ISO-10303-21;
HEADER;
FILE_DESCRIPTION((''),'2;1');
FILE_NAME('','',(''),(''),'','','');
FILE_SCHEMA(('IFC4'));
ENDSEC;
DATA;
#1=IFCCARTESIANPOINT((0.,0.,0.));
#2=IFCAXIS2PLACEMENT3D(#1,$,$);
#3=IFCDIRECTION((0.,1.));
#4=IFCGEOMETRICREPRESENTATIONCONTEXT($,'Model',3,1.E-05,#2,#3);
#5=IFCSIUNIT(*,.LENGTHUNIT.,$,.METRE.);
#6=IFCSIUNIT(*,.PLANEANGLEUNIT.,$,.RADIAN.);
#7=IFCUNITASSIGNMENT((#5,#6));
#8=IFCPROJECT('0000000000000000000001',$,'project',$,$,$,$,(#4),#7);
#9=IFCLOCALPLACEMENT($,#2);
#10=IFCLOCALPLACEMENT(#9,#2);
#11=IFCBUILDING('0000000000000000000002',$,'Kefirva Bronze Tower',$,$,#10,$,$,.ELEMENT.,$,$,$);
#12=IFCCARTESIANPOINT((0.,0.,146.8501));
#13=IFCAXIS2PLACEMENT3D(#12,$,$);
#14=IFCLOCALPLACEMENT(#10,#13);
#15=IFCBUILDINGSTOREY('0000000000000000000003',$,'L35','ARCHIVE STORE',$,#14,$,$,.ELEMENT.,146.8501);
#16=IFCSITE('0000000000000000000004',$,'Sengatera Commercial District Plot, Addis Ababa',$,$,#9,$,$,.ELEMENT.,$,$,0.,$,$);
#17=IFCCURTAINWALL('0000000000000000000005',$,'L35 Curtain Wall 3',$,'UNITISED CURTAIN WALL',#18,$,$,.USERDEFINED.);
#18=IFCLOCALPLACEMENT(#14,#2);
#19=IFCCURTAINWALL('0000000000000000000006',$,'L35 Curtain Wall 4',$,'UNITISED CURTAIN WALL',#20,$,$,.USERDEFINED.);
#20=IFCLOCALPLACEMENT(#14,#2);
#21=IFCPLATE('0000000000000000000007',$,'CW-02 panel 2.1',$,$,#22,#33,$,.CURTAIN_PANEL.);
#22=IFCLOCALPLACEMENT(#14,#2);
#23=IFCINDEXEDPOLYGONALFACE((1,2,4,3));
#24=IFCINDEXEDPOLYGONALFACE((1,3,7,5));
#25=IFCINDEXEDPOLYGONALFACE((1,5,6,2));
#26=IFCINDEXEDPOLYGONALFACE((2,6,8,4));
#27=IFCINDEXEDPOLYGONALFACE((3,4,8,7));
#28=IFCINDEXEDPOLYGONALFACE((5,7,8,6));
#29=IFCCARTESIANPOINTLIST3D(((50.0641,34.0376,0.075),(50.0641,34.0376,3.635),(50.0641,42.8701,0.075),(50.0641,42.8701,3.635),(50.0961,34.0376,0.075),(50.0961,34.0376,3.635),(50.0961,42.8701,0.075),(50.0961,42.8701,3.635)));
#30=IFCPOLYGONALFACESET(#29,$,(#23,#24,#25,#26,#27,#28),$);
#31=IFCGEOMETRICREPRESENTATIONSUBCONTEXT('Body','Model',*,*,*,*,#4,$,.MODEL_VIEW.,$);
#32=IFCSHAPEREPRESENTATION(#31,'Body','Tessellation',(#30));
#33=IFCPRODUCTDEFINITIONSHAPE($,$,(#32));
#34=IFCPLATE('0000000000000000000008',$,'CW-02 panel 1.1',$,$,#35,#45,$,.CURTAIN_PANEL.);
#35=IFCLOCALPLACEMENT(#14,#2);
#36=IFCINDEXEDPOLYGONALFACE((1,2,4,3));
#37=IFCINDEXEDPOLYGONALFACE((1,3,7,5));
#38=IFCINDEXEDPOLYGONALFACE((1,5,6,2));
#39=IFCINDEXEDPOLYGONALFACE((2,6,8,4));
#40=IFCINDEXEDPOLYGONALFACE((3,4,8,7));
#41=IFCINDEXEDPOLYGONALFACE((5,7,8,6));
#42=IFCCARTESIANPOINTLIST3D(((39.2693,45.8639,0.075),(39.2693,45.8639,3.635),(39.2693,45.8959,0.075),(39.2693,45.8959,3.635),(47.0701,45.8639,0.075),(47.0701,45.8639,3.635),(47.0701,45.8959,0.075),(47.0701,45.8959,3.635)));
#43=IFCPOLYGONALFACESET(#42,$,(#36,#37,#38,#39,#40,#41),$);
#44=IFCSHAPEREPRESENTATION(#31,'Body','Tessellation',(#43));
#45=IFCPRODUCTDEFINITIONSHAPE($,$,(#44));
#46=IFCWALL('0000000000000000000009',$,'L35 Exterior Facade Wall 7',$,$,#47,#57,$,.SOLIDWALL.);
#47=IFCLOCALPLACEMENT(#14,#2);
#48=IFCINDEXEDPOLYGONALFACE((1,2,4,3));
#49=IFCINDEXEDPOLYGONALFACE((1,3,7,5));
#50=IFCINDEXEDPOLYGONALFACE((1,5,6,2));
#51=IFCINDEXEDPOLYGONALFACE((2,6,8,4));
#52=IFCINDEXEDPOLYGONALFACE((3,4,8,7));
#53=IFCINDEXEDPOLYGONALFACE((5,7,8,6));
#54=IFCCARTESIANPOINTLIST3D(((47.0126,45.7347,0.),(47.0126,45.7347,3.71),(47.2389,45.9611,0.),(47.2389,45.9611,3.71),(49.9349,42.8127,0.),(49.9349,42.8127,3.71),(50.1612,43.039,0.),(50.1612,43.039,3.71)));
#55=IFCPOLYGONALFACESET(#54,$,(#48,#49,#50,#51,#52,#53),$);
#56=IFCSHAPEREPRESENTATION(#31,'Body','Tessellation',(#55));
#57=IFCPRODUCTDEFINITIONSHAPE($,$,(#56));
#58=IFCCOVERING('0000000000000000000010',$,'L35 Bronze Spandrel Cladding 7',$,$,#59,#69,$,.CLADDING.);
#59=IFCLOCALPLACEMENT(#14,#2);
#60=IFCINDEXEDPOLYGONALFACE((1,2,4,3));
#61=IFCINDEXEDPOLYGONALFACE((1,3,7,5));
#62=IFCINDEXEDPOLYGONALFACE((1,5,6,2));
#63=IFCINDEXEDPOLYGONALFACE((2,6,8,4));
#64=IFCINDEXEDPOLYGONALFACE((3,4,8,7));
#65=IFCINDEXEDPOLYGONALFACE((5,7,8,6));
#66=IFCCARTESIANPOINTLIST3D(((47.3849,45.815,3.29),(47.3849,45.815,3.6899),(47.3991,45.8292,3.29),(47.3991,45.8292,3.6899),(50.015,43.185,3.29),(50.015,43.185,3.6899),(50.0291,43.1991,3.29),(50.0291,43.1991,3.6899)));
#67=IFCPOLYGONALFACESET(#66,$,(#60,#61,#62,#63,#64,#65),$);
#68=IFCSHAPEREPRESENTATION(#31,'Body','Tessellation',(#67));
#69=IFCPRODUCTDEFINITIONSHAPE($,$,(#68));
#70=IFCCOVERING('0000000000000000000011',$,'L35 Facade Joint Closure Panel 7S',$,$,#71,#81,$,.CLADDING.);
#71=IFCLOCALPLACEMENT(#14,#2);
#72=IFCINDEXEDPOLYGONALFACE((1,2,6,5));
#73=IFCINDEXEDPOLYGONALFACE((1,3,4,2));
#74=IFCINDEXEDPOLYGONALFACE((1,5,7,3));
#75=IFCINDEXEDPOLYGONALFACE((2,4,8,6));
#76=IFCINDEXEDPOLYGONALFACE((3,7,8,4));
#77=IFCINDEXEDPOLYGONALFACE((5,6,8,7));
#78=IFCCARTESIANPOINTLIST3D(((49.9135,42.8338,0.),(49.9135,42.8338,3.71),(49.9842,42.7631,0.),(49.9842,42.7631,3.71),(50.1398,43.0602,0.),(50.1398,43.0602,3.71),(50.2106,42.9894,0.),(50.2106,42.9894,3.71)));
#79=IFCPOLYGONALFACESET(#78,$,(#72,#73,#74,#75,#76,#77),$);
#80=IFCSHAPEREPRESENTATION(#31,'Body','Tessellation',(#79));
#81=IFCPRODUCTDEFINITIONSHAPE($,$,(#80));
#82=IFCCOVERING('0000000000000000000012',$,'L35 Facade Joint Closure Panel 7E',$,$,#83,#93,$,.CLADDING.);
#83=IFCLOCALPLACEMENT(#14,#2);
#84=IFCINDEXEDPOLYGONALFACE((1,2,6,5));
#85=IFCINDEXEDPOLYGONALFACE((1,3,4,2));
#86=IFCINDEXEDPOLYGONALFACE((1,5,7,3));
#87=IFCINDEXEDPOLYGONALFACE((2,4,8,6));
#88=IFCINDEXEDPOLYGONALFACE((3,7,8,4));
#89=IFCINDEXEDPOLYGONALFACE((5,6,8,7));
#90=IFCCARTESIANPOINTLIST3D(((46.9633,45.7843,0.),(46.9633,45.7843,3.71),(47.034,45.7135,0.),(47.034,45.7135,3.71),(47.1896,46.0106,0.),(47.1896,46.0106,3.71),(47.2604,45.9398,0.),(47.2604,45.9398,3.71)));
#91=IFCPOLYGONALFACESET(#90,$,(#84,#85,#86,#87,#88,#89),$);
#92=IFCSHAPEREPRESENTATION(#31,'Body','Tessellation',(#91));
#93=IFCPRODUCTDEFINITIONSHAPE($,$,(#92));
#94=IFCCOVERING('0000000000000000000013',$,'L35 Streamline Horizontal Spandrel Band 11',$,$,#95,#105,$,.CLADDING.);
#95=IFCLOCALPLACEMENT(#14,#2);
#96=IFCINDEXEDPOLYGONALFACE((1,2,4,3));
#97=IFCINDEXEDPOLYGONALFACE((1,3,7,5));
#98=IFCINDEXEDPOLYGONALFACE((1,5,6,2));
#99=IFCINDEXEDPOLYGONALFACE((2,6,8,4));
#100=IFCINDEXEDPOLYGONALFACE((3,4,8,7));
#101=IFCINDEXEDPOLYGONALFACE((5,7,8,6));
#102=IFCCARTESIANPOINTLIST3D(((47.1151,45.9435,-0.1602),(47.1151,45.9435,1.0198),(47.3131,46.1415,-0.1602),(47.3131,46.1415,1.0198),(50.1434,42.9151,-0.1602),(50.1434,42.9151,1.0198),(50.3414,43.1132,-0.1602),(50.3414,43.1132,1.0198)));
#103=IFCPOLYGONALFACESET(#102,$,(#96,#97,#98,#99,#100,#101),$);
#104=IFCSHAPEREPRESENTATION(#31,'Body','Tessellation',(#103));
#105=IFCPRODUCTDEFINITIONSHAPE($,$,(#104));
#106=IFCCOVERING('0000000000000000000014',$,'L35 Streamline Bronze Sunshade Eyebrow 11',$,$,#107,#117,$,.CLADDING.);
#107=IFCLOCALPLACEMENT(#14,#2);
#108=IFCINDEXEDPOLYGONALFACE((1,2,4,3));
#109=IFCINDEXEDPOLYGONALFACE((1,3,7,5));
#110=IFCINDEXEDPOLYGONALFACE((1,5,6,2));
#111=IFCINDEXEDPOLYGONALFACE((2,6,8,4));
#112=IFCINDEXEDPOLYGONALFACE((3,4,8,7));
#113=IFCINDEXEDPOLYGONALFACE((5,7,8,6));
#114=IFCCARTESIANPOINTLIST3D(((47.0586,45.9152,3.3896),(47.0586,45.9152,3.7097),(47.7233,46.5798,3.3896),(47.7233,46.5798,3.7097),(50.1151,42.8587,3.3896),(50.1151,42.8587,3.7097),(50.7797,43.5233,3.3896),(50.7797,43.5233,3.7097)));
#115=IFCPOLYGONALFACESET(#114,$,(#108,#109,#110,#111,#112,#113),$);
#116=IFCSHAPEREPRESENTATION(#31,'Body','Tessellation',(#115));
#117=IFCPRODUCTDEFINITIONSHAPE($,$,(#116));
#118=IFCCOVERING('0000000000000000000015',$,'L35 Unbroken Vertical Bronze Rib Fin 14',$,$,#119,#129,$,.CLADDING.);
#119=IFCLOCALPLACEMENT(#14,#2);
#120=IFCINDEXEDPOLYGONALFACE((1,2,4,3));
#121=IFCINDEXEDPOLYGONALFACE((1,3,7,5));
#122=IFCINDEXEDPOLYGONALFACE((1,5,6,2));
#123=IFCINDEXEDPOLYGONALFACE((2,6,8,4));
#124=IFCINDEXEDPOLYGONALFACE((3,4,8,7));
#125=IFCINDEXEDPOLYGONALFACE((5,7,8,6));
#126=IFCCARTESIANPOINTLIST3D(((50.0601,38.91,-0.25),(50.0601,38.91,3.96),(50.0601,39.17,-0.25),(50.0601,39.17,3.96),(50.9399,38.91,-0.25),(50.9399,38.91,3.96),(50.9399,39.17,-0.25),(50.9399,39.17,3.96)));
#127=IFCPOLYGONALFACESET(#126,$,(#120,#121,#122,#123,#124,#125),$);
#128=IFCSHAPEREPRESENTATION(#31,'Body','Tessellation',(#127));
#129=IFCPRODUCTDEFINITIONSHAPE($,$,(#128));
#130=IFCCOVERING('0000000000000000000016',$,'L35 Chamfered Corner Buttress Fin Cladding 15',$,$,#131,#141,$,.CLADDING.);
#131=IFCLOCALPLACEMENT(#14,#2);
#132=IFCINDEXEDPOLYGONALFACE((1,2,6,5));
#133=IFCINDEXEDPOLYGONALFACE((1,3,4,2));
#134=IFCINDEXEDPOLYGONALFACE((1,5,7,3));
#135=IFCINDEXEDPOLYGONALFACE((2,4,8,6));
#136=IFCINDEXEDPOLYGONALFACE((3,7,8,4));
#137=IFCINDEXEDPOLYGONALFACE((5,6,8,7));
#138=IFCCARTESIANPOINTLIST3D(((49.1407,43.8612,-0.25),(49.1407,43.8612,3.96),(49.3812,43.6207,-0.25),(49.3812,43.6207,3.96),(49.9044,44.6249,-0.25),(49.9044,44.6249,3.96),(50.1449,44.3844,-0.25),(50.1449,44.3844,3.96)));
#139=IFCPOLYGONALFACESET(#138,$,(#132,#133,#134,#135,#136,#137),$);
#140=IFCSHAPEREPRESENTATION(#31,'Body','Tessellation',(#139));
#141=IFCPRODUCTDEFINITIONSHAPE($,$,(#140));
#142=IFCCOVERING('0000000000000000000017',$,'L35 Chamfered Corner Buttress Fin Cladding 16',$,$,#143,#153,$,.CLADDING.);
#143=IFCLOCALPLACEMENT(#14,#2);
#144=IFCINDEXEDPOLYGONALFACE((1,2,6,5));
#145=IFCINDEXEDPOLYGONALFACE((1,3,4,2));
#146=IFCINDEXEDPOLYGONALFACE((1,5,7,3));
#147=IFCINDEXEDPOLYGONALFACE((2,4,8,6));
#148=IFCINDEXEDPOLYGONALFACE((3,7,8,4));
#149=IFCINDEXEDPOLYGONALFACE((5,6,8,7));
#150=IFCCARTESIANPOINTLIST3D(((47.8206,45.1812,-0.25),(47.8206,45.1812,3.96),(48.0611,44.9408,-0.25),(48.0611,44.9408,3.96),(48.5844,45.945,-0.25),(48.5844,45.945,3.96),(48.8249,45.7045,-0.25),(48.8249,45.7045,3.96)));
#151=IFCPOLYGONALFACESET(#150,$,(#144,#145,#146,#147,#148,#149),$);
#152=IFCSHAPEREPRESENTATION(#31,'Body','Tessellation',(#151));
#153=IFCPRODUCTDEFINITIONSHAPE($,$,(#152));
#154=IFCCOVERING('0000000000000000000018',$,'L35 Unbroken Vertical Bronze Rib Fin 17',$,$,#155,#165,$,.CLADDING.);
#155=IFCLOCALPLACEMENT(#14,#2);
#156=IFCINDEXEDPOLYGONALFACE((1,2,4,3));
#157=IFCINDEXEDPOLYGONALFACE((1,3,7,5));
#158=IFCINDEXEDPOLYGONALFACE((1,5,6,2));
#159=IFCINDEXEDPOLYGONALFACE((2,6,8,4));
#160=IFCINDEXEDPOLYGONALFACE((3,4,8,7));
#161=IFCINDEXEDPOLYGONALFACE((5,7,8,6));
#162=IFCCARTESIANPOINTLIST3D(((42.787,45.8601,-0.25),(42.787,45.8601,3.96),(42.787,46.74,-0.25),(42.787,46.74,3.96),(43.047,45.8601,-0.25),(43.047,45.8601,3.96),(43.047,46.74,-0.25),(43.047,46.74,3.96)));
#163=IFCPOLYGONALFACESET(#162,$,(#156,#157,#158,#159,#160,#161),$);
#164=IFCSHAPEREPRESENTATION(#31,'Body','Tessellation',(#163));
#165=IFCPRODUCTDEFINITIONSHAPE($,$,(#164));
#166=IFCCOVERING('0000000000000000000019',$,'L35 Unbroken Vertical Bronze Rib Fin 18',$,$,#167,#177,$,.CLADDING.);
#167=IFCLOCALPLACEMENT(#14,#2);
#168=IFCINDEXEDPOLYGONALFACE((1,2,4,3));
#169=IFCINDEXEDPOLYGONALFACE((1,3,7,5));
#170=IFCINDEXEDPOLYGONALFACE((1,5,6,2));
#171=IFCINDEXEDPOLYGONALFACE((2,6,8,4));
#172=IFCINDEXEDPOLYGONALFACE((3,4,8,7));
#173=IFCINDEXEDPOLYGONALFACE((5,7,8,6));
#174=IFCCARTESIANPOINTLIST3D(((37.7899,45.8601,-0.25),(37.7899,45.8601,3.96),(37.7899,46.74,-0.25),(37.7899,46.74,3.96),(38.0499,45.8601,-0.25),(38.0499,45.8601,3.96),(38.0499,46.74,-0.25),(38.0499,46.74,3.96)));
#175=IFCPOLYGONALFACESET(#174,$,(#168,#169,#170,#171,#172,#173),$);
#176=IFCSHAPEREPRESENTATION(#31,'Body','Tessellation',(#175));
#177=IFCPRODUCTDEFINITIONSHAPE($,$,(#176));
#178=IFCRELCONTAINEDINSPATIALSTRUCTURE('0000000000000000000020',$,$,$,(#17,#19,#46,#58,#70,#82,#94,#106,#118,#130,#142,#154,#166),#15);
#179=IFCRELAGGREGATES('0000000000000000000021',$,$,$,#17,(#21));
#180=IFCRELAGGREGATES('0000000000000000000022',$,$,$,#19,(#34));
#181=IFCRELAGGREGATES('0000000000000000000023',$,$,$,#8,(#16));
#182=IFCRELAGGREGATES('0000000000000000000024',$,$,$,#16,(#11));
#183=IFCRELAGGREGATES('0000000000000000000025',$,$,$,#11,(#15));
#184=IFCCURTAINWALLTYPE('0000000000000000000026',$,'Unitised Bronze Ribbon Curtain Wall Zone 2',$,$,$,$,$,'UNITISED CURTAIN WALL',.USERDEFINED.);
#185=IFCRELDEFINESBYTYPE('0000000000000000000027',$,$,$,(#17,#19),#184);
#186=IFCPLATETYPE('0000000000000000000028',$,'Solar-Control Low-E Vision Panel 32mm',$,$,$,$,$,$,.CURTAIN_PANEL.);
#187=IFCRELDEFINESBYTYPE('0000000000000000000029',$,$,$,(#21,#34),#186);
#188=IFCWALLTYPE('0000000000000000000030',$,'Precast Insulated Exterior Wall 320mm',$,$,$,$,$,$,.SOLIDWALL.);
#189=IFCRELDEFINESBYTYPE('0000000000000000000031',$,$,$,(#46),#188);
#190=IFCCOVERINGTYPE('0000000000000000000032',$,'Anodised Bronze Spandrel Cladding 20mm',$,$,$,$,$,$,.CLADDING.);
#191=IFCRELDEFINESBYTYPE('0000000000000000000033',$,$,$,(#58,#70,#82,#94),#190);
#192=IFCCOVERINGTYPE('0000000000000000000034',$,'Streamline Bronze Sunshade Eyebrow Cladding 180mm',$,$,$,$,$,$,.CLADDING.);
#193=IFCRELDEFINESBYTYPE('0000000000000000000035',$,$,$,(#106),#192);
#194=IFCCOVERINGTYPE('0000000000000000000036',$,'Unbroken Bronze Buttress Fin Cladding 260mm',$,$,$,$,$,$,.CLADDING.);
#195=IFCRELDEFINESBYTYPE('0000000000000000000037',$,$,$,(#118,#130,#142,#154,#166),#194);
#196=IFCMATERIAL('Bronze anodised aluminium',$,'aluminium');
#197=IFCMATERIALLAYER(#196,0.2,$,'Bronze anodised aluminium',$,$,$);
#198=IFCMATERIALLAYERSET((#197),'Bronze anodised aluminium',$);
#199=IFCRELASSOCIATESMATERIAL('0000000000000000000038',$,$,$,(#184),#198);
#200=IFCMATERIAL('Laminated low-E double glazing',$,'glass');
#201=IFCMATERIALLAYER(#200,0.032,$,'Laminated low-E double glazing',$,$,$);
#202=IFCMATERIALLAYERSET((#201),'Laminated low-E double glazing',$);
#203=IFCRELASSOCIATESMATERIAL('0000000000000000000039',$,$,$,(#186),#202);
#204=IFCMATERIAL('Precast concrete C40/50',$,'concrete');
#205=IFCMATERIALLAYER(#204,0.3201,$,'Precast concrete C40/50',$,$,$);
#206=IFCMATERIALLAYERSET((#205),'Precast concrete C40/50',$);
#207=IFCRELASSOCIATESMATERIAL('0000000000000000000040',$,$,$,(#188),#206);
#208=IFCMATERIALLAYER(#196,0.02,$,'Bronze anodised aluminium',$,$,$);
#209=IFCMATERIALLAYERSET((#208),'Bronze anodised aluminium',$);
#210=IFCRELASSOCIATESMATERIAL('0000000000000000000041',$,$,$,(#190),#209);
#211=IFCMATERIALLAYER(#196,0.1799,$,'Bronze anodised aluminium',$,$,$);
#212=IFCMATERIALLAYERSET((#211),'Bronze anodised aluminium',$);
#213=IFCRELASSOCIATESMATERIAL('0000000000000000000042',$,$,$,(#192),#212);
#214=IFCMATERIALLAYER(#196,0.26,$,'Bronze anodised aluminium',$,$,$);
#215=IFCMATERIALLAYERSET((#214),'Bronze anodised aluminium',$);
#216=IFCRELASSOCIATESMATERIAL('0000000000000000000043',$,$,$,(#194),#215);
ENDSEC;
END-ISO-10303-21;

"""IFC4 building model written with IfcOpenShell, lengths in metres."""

from ifc_helpers import new_model, si_unit, direction, frame, frame_2d, origin, origin_2d, place, context, subcontext, project, spatial, rectangle, extrude, material, layer, layer_set, type_object, element, aggregate, save


model = new_model("IFC4")

# Units and contexts
model_context = context("Model", 3, precision=1e-05, world=origin(), true_north=direction((0.0, 1.0)))
body_context = subcontext(model_context, "Body", "Model", "MODEL_VIEW")
ifc_project = project(units=[si_unit("LENGTHUNIT", "METRE"), si_unit("PLANEANGLEUNIT", "RADIAN")], contexts=[model_context])

# Site, building, storey
site_placement = place(None, origin())
site = spatial("IfcSite", under=ifc_project, at=site_placement, Name="Sengatera Commercial District Plot, Addis Ababa", CompositionType="ELEMENT", RefElevation=0.0)
building_placement = place(site_placement, origin())
building = spatial("IfcBuilding", under=site, at=building_placement, Name="Kefirva Bronze Tower", CompositionType="ELEMENT")
storey_placement = place(building_placement, frame((0.0, 0.0, 146.8501)))
storey = spatial("IfcBuildingStorey", under=building, at=storey_placement, Name="L35", Description="ARCHIVE STORE", CompositionType="ELEMENT", Elevation=146.8501)

# Curtain wall
ifc_material_1 = material(Name="Bronze anodised aluminium", Category="aluminium")
ifc_layer_1 = layer(ifc_material_1, 0.2, Name="Bronze anodised aluminium")
ifc_layer_set_1 = layer_set([ifc_layer_1], Name="Bronze anodised aluminium")
curtain_wall_type = type_object("IfcCurtainWallType", Name="Unitised Bronze Ribbon Curtain Wall Zone 2", ElementType="UNITISED CURTAIN WALL", PredefinedType="USERDEFINED", material=ifc_layer_set_1)
curtain_wall_1_placement = place(storey_placement, origin())
curtain_wall_1 = element("IfcCurtainWall", 1, at=curtain_wall_1_placement, inside=storey, type_object=curtain_wall_type, Name="L35 Curtain Wall 3", ObjectType="UNITISED CURTAIN WALL", PredefinedType="USERDEFINED")

# Curtain wall
curtain_wall_2_placement = place(storey_placement, origin())
curtain_wall_2 = element("IfcCurtainWall", 2, at=curtain_wall_2_placement, inside=storey, type_object=curtain_wall_type, Name="L35 Curtain Wall 4", ObjectType="UNITISED CURTAIN WALL", PredefinedType="USERDEFINED")

# Plates
ifc_material_2 = material(Name="Laminated low-E double glazing", Category="glass")
ifc_layer_2 = layer(ifc_material_2, 0.032, Name="Laminated low-E double glazing")
ifc_layer_set_2 = layer_set([ifc_layer_2], Name="Laminated low-E double glazing")
plate_type = type_object("IfcPlateType", Name="Solar-Control Low-E Vision Panel 32mm", PredefinedType="CURTAIN_PANEL", material=ifc_layer_set_2)
plate_1_placement = place(storey_placement, frame((50.0801, 38.4539, 0.075), z_axis=(0.0, 0.0, 1.0), x_axis=(0.0, 1.0, 0.0)))
plate_1 = element("IfcPlate", 3, at=plate_1_placement, type_object=plate_type, Name="CW-02 panel 2.1", PredefinedType="CURTAIN_PANEL", context=body_context, shape_type="SweptSolid", body=[
    extrude(rectangle(XDim=8.8325, YDim=0.032, at=origin_2d()), origin(), (0.0, 0.0, 1.0), 3.5601),
])
aggregate(curtain_wall_1, [plate_1])
plate_2_placement = place(storey_placement, frame((43.1697, 45.8799, 0.075), z_axis=(0.0, 0.0, 1.0), x_axis=(-1.0, 0.0, 0.0)))
plate_2 = element("IfcPlate", 4, at=plate_2_placement, type_object=plate_type, Name="CW-02 panel 1.1", PredefinedType="CURTAIN_PANEL", context=body_context, shape_type="SweptSolid", body=[
    extrude(rectangle(XDim=7.8008, YDim=0.032, at=origin_2d()), origin(), (0.0, 0.0, 1.0), 3.5601),
])
aggregate(curtain_wall_2, [plate_2])

# Wall
ifc_material_3 = material(Name="Precast concrete C40/50", Category="concrete")
ifc_layer_3 = layer(ifc_material_3, 0.3201, Name="Precast concrete C40/50")
ifc_layer_set_3 = layer_set([ifc_layer_3], Name="Precast concrete C40/50")
wall_type = type_object("IfcWallType", Name="Precast Insulated Exterior Wall 320mm", PredefinedType="SOLIDWALL", material=ifc_layer_set_3)
wall_placement = place(storey_placement, frame((50.0481, 42.9258, 0.0), z_axis=(0.0, 0.0, 1.0), x_axis=(-0.707136, 0.707077, 0.0)))
element("IfcWall", 5, at=wall_placement, inside=storey, type_object=wall_type, Name="L35 Exterior Facade Wall 7", PredefinedType="SOLIDWALL", context=body_context, shape_type="SweptSolid", body=[
    extrude(rectangle(XDim=4.1326, YDim=0.3201, at=frame_2d((2.0664, 0.0))), origin(), (0.0, 0.0, 1.0), 3.71),
])

# Coverings
ifc_layer_4 = layer(ifc_material_1, 0.02, Name="Bronze anodised aluminium")
ifc_layer_set_4 = layer_set([ifc_layer_4], Name="Bronze anodised aluminium")
covering_type_1 = type_object("IfcCoveringType", Name="Anodised Bronze Spandrel Cladding 20mm", PredefinedType="CLADDING", material=ifc_layer_set_4)
covering_1_placement = place(storey_placement, frame((48.707, 44.5071, 3.29), z_axis=(0.0, 0.0, 1.0), x_axis=(-0.707107, 0.707107, 0.0)))
element("IfcCovering", 6, at=covering_1_placement, inside=storey, type_object=covering_type_1, Name="L35 Bronze Spandrel Cladding 7", PredefinedType="CLADDING", context=body_context, shape_type="SweptSolid", body=[
    extrude(rectangle(XDim=3.7195, YDim=0.02, at=origin_2d()), origin(), (0.0, 0.0, 1.0), 0.3999),
])
for number, where, z_axis, x_axis, name in (
    (7, (50.062, 42.9116, 0.0), (0.0, 0.0, 1.0), (-0.707107, 0.707107, 0.0), "L35 Facade Joint Closure Panel 7S"),
    (8, (47.1118, 45.8621, 0.0), (0.0, 0.0, 1.0), (-0.707107, 0.707107, 0.0), "L35 Facade Joint Closure Panel 7E"),
):
    element("IfcCovering", number, at=place(storey_placement, frame(where, z_axis=z_axis, x_axis=x_axis)), inside=storey, type_object=covering_type_1, Name=name, PredefinedType="CLADDING", context=body_context, shape_type="SweptSolid", body=[
        extrude(rectangle(XDim=0.1001, YDim=0.3201, at=origin_2d()), origin(), (0.0, 0.0, 1.0), 3.71),
    ])
covering_2_placement = place(storey_placement, frame((48.7283, 44.5283, -0.1602), z_axis=(0.0, 0.0, 1.0), x_axis=(-0.707107, 0.707107, 0.0)))
element("IfcCovering", 9, at=covering_2_placement, inside=storey, type_object=covering_type_1, Name="L35 Streamline Horizontal Spandrel Band 11", PredefinedType="CLADDING", context=body_context, shape_type="SweptSolid", body=[
    extrude(rectangle(XDim=4.2827, YDim=0.28, at=origin_2d()), origin(), (0.0, 0.0, 1.0), 1.1799),
])
ifc_layer_5 = layer(ifc_material_1, 0.1799, Name="Bronze anodised aluminium")
ifc_layer_set_5 = layer_set([ifc_layer_5], Name="Bronze anodised aluminium")
covering_type_2 = type_object("IfcCoveringType", Name="Streamline Bronze Sunshade Eyebrow Cladding 180mm", PredefinedType="CLADDING", material=ifc_layer_set_5)
covering_3_placement = place(storey_placement, frame((48.9192, 44.7192, 3.3896), z_axis=(0.0, 0.0, 1.0), x_axis=(-0.707107, 0.707107, 0.0)))
element("IfcCovering", 10, at=covering_3_placement, inside=storey, type_object=covering_type_2, Name="L35 Streamline Bronze Sunshade Eyebrow 11", PredefinedType="CLADDING", context=body_context, shape_type="SweptSolid", body=[
    extrude(rectangle(XDim=4.3225, YDim=0.9399, at=origin_2d()), origin(), (0.0, 0.0, 1.0), 0.3201),
])
ifc_layer_6 = layer(ifc_material_1, 0.26, Name="Bronze anodised aluminium")
ifc_layer_set_6 = layer_set([ifc_layer_6], Name="Bronze anodised aluminium")
covering_type_3 = type_object("IfcCoveringType", Name="Unbroken Bronze Buttress Fin Cladding 260mm", PredefinedType="CLADDING", material=ifc_layer_set_6)
covering_4_placement = place(storey_placement, frame((50.5, 39.04, -0.25), z_axis=(0.0, 0.0, 1.0), x_axis=(0.0, 1.0, 0.0)))
element("IfcCovering", 11, at=covering_4_placement, inside=storey, type_object=covering_type_3, Name="L35 Unbroken Vertical Bronze Rib Fin 14", PredefinedType="CLADDING", context=body_context, shape_type="SweptSolid", body=[
    extrude(rectangle(XDim=0.26, YDim=0.8799, at=origin_2d()), origin(), (0.0, 0.0, 1.0), 4.21),
])
for number, where, z_axis, x_axis, name in (
    (12, (49.6428, 44.1228, -0.25), (0.0, 0.0, 1.0), (-0.707107, 0.707107, 0.0), "L35 Chamfered Corner Buttress Fin Cladding 15"),
    (13, (48.3228, 45.4429, -0.25), (0.0, 0.0, 1.0), (-0.707107, 0.707107, 0.0), "L35 Chamfered Corner Buttress Fin Cladding 16"),
):
    element("IfcCovering", number, at=place(storey_placement, frame(where, z_axis=z_axis, x_axis=x_axis)), inside=storey, type_object=covering_type_3, Name=name, PredefinedType="CLADDING", context=body_context, shape_type="SweptSolid", body=[
        extrude(rectangle(XDim=0.3401, YDim=1.0801, at=origin_2d()), origin(), (0.0, 0.0, 1.0), 4.21),
    ])
for number, where, z_axis, x_axis, name in (
    (14, (42.917, 46.3, -0.25), (0.0, 0.0, 1.0), (-1.0, 0.0, 0.0), "L35 Unbroken Vertical Bronze Rib Fin 17"),
    (15, (37.9199, 46.3, -0.25), (0.0, 0.0, 1.0), (-1.0, 0.0, 0.0), "L35 Unbroken Vertical Bronze Rib Fin 18"),
):
    element("IfcCovering", number, at=place(storey_placement, frame(where, z_axis=z_axis, x_axis=x_axis)), inside=storey, type_object=covering_type_3, Name=name, PredefinedType="CLADDING", context=body_context, shape_type="SweptSolid", body=[
        extrude(rectangle(XDim=0.26, YDim=0.8799, at=origin_2d()), origin(), (0.0, 0.0, 1.0), 4.21),
    ])

save(model, "model.ifc")
